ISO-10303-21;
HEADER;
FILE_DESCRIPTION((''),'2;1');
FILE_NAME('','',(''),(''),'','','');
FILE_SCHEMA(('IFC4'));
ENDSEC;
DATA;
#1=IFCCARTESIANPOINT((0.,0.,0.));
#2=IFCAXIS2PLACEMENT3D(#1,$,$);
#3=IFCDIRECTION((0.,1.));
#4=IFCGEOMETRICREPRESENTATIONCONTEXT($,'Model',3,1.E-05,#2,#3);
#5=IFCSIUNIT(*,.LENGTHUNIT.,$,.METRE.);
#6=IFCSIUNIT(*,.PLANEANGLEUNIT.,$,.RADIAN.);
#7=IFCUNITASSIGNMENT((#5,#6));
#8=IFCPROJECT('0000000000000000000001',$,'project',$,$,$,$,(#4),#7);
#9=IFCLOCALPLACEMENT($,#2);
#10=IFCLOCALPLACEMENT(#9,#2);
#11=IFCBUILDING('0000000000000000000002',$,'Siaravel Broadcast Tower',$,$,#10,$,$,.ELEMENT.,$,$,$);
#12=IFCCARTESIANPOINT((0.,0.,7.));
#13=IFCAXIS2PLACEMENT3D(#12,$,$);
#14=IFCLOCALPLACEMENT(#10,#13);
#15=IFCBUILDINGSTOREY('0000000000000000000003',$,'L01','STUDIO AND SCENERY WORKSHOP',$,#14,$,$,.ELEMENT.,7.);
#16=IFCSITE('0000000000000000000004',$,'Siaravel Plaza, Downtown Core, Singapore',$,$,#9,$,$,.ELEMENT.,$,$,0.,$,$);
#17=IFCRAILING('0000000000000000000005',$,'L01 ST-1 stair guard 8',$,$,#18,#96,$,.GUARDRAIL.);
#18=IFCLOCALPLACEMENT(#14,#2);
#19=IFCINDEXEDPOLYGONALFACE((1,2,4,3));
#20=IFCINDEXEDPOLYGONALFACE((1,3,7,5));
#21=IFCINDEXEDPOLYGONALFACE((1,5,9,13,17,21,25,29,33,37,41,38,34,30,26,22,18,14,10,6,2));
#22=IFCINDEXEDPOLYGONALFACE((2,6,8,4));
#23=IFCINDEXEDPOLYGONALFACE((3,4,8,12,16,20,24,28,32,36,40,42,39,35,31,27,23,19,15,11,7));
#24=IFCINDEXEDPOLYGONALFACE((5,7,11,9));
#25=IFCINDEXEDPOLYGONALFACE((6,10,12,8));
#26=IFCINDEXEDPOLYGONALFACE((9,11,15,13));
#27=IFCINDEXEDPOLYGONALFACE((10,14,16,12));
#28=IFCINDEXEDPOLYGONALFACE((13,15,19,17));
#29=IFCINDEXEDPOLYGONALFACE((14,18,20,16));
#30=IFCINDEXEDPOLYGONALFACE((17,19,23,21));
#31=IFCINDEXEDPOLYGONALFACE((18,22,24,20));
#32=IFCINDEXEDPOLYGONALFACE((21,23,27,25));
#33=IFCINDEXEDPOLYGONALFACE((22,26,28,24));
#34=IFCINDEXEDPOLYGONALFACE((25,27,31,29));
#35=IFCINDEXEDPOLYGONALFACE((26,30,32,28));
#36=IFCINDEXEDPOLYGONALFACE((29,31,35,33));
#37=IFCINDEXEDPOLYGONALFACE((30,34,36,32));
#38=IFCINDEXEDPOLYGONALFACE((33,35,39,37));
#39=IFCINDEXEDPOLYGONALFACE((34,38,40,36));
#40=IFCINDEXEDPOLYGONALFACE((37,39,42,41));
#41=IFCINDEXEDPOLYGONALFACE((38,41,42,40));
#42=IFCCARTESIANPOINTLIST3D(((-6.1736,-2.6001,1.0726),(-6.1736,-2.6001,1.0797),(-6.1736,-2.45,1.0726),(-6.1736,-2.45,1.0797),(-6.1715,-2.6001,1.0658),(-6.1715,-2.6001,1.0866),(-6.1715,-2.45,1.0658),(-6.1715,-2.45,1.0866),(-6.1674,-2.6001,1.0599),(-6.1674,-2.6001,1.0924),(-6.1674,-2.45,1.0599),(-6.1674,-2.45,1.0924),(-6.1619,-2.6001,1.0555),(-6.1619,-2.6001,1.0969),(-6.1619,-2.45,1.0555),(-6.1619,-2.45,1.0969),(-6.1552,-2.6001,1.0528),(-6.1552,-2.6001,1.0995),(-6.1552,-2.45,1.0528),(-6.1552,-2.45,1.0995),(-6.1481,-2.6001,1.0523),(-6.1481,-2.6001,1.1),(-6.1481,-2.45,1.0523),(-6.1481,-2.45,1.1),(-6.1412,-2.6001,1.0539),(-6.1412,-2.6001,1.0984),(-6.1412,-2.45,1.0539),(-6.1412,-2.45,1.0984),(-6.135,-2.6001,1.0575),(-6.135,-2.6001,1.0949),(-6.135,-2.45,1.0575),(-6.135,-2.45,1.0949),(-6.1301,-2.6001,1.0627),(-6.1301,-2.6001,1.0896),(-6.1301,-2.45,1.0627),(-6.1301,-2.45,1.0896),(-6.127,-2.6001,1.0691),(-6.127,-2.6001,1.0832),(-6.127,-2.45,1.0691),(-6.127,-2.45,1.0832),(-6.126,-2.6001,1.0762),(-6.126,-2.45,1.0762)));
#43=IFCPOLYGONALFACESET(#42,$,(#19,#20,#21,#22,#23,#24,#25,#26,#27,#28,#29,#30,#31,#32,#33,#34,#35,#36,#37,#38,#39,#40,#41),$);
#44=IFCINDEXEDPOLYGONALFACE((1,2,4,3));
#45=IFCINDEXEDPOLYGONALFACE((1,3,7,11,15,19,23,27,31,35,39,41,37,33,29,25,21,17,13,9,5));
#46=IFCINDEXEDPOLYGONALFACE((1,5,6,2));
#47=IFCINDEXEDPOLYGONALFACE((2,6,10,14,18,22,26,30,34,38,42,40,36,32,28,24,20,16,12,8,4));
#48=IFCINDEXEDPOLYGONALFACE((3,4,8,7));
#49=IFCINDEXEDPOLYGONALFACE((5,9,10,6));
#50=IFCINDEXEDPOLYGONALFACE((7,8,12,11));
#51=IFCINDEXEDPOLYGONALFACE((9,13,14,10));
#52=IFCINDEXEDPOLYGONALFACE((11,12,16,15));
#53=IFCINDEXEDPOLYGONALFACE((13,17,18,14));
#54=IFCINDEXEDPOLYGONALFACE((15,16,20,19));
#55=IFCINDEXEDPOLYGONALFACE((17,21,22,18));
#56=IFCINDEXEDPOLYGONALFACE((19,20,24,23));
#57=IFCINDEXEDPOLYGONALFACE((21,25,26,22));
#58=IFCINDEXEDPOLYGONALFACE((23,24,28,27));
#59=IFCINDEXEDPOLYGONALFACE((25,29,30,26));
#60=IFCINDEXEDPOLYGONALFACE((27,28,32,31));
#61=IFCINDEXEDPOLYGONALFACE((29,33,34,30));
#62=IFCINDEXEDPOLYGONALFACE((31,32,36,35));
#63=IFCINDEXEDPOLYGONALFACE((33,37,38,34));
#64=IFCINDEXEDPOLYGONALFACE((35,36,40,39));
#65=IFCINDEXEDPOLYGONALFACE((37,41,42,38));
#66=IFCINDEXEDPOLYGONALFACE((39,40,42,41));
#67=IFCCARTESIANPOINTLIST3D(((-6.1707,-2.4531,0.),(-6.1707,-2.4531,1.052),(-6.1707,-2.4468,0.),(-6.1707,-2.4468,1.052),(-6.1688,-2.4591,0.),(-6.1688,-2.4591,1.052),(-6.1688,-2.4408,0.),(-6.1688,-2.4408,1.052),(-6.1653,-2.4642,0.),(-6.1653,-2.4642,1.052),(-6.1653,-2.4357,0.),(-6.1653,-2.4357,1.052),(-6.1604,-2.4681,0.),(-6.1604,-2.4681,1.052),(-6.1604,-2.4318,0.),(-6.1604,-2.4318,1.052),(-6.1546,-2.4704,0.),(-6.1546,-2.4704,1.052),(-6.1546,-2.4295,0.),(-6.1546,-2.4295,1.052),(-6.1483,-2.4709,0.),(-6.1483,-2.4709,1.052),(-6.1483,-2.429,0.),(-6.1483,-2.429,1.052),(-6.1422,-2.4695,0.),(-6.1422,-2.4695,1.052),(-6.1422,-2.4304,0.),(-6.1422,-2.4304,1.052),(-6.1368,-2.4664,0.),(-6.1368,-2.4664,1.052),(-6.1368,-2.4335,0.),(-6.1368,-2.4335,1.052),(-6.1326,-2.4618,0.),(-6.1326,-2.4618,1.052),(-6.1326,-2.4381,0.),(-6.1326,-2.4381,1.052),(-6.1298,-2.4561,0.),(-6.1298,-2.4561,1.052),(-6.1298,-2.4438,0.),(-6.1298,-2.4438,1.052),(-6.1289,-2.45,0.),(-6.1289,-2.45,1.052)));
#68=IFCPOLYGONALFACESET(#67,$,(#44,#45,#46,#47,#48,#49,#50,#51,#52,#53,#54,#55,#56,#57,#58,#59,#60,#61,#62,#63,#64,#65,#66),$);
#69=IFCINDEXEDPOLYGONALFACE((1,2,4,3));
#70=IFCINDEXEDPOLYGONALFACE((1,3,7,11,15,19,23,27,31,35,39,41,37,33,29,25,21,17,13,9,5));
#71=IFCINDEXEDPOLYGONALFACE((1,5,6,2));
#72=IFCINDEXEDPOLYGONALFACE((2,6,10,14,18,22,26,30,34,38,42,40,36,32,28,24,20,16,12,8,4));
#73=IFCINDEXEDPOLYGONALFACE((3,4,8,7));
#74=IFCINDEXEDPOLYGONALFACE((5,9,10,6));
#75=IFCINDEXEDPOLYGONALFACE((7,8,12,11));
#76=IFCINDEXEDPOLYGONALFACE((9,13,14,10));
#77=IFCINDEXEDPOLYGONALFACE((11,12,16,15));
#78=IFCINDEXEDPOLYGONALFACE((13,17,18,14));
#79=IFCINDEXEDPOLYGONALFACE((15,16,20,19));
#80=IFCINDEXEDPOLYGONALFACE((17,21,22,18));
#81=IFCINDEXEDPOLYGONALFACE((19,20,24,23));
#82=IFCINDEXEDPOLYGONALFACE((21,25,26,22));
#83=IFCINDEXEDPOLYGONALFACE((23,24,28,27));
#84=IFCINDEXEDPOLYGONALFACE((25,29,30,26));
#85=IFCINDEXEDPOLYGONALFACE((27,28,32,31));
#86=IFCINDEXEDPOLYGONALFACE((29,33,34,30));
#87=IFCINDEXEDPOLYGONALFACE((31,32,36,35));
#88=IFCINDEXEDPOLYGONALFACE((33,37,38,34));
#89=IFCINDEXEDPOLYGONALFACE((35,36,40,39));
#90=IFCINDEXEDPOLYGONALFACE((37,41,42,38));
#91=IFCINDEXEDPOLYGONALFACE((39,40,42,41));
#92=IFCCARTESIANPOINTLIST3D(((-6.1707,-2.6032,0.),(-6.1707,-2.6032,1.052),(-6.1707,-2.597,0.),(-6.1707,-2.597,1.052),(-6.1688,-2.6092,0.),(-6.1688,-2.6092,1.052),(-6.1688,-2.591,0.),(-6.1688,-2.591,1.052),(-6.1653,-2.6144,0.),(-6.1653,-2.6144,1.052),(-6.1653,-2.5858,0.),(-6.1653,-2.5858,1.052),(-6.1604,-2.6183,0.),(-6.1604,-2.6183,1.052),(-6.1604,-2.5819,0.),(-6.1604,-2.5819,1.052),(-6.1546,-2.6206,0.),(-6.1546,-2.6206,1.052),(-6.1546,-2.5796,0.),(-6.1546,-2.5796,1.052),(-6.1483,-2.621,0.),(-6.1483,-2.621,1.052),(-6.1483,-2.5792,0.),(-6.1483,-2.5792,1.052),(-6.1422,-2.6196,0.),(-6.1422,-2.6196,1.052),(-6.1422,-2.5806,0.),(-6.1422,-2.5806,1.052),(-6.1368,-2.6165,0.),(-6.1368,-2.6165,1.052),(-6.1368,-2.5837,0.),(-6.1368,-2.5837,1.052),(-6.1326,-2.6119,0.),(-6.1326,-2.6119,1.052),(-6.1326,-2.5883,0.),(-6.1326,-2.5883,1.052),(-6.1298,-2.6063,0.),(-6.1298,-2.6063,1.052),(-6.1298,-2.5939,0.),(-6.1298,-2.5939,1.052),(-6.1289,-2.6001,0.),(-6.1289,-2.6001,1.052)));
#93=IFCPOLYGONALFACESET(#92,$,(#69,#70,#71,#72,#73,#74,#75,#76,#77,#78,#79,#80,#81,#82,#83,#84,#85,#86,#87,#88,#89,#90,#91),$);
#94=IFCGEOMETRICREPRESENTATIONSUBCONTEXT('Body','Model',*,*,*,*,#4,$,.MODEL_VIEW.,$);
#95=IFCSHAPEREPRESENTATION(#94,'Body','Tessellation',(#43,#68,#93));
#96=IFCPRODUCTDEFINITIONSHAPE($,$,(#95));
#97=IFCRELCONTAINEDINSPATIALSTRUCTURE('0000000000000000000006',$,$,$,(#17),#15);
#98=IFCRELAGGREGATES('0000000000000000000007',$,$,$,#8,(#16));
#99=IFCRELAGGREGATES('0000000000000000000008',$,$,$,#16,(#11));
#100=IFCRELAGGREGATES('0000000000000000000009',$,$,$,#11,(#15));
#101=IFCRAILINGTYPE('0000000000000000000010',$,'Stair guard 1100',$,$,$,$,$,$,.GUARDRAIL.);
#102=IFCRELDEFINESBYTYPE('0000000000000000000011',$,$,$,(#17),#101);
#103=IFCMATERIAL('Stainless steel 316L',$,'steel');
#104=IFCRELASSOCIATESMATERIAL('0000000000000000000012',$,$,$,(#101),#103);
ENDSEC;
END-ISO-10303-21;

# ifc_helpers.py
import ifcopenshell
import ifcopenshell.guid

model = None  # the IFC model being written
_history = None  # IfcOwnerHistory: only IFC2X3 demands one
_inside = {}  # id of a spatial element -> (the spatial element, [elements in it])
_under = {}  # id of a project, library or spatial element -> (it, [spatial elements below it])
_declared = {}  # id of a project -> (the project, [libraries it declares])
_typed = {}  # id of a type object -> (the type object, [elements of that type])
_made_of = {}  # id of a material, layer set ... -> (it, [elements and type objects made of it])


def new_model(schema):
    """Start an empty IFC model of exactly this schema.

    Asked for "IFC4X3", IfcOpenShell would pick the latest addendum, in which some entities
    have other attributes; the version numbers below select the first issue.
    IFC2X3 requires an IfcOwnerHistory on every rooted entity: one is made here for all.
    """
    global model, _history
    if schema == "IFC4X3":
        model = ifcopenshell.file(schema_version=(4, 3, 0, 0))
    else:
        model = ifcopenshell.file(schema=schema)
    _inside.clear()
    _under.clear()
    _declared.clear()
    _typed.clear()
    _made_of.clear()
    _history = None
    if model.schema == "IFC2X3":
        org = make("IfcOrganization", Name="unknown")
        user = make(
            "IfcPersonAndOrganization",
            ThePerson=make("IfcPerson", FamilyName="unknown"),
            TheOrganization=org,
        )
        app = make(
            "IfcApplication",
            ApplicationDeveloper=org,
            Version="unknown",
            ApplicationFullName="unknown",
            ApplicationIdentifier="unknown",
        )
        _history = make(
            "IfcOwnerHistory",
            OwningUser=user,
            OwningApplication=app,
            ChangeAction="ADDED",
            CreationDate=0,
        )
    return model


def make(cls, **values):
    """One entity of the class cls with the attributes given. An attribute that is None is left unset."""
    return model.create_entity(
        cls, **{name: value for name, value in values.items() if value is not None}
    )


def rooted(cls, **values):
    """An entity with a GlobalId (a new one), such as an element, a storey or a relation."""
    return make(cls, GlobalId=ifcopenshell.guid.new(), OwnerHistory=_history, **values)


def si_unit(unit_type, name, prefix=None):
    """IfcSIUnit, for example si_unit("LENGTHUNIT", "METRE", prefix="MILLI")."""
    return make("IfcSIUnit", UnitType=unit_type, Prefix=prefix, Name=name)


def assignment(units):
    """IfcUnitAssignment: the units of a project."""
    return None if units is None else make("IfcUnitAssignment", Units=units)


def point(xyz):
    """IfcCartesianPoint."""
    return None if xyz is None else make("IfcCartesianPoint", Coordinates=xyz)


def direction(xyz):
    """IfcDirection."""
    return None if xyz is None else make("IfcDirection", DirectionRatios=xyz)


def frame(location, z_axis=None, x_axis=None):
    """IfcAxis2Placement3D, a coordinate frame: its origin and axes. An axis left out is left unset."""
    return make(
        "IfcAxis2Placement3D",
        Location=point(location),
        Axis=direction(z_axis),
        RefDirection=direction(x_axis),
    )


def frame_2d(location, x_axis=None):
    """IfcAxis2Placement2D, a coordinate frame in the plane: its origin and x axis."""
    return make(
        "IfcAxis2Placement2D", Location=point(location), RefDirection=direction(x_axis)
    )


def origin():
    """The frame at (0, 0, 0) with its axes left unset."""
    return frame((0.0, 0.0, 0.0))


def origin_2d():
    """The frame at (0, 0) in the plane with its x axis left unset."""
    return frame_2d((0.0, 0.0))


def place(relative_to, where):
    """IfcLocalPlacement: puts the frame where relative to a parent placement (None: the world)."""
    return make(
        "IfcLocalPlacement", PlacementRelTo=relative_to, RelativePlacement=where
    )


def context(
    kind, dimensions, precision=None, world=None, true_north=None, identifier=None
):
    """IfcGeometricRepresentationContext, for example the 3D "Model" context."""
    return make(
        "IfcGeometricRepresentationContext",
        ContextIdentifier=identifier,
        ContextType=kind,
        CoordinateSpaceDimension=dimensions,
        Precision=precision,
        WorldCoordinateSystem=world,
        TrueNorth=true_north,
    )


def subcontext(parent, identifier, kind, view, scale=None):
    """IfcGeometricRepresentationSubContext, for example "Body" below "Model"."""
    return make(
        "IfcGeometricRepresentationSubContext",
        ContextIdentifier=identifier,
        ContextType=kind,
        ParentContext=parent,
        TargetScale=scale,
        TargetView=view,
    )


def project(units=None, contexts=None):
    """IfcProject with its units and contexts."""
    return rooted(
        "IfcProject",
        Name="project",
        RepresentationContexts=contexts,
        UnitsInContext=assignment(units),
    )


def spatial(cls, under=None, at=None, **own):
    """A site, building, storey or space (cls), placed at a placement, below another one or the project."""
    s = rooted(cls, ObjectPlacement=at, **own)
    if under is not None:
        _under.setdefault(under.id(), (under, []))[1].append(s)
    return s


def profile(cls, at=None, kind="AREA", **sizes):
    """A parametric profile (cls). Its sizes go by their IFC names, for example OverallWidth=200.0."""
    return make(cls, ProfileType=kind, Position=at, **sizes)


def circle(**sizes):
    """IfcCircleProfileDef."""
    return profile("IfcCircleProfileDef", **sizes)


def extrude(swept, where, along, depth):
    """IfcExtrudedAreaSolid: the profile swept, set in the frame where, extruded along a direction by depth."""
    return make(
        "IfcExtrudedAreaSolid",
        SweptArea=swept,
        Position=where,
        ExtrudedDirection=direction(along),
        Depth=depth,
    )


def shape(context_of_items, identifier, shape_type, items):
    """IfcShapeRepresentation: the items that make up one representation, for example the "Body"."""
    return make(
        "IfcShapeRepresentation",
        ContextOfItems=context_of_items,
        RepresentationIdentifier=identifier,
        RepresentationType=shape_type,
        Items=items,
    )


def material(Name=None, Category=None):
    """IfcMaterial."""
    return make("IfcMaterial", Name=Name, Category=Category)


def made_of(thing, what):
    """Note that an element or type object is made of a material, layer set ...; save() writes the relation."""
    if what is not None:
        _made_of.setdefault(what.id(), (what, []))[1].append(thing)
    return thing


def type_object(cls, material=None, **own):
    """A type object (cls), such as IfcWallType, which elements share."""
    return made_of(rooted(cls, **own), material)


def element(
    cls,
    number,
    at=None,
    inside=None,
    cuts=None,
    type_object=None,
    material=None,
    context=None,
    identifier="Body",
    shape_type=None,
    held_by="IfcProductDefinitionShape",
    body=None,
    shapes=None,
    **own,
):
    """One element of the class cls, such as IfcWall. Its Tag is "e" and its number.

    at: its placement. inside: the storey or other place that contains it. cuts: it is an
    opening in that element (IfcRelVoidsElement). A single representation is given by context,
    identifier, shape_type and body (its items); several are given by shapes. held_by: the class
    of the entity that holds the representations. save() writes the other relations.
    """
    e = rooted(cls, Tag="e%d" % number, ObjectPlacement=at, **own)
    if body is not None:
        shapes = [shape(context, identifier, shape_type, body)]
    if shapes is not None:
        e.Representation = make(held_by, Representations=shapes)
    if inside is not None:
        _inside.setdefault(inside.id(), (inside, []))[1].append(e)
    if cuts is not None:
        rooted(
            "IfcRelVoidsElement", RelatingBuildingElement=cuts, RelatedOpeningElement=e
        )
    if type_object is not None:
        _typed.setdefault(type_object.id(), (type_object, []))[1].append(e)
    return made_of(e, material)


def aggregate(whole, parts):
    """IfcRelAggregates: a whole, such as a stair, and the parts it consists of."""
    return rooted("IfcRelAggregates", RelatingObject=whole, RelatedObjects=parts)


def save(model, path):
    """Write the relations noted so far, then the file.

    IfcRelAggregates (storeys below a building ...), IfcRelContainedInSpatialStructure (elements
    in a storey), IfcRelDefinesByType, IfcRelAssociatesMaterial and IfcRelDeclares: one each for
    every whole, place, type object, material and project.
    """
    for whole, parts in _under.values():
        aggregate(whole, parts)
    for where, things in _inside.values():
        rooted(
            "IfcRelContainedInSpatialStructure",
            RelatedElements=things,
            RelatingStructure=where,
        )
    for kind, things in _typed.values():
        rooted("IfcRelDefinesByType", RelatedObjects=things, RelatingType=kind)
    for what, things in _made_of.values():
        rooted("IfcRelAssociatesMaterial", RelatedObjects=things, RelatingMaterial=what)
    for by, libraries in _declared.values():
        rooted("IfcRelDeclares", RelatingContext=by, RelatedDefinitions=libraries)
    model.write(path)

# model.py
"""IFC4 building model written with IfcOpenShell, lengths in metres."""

from ifc_helpers import new_model, si_unit, direction, frame, origin, origin_2d, place, context, subcontext, project, spatial, circle, extrude, material, type_object, element, save


model = new_model("IFC4")

# Units and contexts
model_context = context("Model", 3, precision=1e-05, world=origin(), true_north=direction((0.0, 1.0)))
body_context = subcontext(model_context, "Body", "Model", "MODEL_VIEW")
ifc_project = project(units=[si_unit("LENGTHUNIT", "METRE"), si_unit("PLANEANGLEUNIT", "RADIAN")], contexts=[model_context])

# Site, building, storey
site_placement = place(None, origin())
site = spatial("IfcSite", under=ifc_project, at=site_placement, Name="Siaravel Plaza, Downtown Core, Singapore", CompositionType="ELEMENT", RefElevation=0.0)
building_placement = place(site_placement, origin())
building = spatial("IfcBuilding", under=site, at=building_placement, Name="Siaravel Broadcast Tower", CompositionType="ELEMENT")
storey_placement = place(building_placement, frame((0.0, 0.0, 7.0)))
storey = spatial("IfcBuildingStorey", under=building, at=storey_placement, Name="L01", Description="STUDIO AND SCENERY WORKSHOP", CompositionType="ELEMENT", Elevation=7.0)

# Railing
ifc_material_1 = material(Name="Stainless steel 316L", Category="steel")
railing_type_1 = type_object("IfcRailingType", Name="Stair guard 1100", PredefinedType="GUARDRAIL", material=ifc_material_1)
railing_1_placement = place(storey_placement, frame((-6.1499, -2.45, 0.0)))
element("IfcRailing", 1, at=railing_1_placement, inside=storey, type_object=railing_type_1, Name="L01 ST-1 stair guard 8", PredefinedType="GUARDRAIL", context=body_context, shape_type="SweptSolid", body=[
    extrude(circle(Radius=0.0239, at=origin_2d()), frame((0.0, 0.0, 1.0762), z_axis=(0.0, -1.0, 0.0), x_axis=(1.0, 0.0, 0.0)), (0.0, 0.0, 1.0), 0.1501),
    extrude(circle(Radius=0.021, at=origin_2d()), origin(), (0.0, 0.0, 1.0), 1.052),
    extrude(circle(Radius=0.021, at=origin_2d()), frame((0.0, -0.1501, 0.0)), (0.0, 0.0, 1.0), 1.052),
])

save(model, "model.ifc")
